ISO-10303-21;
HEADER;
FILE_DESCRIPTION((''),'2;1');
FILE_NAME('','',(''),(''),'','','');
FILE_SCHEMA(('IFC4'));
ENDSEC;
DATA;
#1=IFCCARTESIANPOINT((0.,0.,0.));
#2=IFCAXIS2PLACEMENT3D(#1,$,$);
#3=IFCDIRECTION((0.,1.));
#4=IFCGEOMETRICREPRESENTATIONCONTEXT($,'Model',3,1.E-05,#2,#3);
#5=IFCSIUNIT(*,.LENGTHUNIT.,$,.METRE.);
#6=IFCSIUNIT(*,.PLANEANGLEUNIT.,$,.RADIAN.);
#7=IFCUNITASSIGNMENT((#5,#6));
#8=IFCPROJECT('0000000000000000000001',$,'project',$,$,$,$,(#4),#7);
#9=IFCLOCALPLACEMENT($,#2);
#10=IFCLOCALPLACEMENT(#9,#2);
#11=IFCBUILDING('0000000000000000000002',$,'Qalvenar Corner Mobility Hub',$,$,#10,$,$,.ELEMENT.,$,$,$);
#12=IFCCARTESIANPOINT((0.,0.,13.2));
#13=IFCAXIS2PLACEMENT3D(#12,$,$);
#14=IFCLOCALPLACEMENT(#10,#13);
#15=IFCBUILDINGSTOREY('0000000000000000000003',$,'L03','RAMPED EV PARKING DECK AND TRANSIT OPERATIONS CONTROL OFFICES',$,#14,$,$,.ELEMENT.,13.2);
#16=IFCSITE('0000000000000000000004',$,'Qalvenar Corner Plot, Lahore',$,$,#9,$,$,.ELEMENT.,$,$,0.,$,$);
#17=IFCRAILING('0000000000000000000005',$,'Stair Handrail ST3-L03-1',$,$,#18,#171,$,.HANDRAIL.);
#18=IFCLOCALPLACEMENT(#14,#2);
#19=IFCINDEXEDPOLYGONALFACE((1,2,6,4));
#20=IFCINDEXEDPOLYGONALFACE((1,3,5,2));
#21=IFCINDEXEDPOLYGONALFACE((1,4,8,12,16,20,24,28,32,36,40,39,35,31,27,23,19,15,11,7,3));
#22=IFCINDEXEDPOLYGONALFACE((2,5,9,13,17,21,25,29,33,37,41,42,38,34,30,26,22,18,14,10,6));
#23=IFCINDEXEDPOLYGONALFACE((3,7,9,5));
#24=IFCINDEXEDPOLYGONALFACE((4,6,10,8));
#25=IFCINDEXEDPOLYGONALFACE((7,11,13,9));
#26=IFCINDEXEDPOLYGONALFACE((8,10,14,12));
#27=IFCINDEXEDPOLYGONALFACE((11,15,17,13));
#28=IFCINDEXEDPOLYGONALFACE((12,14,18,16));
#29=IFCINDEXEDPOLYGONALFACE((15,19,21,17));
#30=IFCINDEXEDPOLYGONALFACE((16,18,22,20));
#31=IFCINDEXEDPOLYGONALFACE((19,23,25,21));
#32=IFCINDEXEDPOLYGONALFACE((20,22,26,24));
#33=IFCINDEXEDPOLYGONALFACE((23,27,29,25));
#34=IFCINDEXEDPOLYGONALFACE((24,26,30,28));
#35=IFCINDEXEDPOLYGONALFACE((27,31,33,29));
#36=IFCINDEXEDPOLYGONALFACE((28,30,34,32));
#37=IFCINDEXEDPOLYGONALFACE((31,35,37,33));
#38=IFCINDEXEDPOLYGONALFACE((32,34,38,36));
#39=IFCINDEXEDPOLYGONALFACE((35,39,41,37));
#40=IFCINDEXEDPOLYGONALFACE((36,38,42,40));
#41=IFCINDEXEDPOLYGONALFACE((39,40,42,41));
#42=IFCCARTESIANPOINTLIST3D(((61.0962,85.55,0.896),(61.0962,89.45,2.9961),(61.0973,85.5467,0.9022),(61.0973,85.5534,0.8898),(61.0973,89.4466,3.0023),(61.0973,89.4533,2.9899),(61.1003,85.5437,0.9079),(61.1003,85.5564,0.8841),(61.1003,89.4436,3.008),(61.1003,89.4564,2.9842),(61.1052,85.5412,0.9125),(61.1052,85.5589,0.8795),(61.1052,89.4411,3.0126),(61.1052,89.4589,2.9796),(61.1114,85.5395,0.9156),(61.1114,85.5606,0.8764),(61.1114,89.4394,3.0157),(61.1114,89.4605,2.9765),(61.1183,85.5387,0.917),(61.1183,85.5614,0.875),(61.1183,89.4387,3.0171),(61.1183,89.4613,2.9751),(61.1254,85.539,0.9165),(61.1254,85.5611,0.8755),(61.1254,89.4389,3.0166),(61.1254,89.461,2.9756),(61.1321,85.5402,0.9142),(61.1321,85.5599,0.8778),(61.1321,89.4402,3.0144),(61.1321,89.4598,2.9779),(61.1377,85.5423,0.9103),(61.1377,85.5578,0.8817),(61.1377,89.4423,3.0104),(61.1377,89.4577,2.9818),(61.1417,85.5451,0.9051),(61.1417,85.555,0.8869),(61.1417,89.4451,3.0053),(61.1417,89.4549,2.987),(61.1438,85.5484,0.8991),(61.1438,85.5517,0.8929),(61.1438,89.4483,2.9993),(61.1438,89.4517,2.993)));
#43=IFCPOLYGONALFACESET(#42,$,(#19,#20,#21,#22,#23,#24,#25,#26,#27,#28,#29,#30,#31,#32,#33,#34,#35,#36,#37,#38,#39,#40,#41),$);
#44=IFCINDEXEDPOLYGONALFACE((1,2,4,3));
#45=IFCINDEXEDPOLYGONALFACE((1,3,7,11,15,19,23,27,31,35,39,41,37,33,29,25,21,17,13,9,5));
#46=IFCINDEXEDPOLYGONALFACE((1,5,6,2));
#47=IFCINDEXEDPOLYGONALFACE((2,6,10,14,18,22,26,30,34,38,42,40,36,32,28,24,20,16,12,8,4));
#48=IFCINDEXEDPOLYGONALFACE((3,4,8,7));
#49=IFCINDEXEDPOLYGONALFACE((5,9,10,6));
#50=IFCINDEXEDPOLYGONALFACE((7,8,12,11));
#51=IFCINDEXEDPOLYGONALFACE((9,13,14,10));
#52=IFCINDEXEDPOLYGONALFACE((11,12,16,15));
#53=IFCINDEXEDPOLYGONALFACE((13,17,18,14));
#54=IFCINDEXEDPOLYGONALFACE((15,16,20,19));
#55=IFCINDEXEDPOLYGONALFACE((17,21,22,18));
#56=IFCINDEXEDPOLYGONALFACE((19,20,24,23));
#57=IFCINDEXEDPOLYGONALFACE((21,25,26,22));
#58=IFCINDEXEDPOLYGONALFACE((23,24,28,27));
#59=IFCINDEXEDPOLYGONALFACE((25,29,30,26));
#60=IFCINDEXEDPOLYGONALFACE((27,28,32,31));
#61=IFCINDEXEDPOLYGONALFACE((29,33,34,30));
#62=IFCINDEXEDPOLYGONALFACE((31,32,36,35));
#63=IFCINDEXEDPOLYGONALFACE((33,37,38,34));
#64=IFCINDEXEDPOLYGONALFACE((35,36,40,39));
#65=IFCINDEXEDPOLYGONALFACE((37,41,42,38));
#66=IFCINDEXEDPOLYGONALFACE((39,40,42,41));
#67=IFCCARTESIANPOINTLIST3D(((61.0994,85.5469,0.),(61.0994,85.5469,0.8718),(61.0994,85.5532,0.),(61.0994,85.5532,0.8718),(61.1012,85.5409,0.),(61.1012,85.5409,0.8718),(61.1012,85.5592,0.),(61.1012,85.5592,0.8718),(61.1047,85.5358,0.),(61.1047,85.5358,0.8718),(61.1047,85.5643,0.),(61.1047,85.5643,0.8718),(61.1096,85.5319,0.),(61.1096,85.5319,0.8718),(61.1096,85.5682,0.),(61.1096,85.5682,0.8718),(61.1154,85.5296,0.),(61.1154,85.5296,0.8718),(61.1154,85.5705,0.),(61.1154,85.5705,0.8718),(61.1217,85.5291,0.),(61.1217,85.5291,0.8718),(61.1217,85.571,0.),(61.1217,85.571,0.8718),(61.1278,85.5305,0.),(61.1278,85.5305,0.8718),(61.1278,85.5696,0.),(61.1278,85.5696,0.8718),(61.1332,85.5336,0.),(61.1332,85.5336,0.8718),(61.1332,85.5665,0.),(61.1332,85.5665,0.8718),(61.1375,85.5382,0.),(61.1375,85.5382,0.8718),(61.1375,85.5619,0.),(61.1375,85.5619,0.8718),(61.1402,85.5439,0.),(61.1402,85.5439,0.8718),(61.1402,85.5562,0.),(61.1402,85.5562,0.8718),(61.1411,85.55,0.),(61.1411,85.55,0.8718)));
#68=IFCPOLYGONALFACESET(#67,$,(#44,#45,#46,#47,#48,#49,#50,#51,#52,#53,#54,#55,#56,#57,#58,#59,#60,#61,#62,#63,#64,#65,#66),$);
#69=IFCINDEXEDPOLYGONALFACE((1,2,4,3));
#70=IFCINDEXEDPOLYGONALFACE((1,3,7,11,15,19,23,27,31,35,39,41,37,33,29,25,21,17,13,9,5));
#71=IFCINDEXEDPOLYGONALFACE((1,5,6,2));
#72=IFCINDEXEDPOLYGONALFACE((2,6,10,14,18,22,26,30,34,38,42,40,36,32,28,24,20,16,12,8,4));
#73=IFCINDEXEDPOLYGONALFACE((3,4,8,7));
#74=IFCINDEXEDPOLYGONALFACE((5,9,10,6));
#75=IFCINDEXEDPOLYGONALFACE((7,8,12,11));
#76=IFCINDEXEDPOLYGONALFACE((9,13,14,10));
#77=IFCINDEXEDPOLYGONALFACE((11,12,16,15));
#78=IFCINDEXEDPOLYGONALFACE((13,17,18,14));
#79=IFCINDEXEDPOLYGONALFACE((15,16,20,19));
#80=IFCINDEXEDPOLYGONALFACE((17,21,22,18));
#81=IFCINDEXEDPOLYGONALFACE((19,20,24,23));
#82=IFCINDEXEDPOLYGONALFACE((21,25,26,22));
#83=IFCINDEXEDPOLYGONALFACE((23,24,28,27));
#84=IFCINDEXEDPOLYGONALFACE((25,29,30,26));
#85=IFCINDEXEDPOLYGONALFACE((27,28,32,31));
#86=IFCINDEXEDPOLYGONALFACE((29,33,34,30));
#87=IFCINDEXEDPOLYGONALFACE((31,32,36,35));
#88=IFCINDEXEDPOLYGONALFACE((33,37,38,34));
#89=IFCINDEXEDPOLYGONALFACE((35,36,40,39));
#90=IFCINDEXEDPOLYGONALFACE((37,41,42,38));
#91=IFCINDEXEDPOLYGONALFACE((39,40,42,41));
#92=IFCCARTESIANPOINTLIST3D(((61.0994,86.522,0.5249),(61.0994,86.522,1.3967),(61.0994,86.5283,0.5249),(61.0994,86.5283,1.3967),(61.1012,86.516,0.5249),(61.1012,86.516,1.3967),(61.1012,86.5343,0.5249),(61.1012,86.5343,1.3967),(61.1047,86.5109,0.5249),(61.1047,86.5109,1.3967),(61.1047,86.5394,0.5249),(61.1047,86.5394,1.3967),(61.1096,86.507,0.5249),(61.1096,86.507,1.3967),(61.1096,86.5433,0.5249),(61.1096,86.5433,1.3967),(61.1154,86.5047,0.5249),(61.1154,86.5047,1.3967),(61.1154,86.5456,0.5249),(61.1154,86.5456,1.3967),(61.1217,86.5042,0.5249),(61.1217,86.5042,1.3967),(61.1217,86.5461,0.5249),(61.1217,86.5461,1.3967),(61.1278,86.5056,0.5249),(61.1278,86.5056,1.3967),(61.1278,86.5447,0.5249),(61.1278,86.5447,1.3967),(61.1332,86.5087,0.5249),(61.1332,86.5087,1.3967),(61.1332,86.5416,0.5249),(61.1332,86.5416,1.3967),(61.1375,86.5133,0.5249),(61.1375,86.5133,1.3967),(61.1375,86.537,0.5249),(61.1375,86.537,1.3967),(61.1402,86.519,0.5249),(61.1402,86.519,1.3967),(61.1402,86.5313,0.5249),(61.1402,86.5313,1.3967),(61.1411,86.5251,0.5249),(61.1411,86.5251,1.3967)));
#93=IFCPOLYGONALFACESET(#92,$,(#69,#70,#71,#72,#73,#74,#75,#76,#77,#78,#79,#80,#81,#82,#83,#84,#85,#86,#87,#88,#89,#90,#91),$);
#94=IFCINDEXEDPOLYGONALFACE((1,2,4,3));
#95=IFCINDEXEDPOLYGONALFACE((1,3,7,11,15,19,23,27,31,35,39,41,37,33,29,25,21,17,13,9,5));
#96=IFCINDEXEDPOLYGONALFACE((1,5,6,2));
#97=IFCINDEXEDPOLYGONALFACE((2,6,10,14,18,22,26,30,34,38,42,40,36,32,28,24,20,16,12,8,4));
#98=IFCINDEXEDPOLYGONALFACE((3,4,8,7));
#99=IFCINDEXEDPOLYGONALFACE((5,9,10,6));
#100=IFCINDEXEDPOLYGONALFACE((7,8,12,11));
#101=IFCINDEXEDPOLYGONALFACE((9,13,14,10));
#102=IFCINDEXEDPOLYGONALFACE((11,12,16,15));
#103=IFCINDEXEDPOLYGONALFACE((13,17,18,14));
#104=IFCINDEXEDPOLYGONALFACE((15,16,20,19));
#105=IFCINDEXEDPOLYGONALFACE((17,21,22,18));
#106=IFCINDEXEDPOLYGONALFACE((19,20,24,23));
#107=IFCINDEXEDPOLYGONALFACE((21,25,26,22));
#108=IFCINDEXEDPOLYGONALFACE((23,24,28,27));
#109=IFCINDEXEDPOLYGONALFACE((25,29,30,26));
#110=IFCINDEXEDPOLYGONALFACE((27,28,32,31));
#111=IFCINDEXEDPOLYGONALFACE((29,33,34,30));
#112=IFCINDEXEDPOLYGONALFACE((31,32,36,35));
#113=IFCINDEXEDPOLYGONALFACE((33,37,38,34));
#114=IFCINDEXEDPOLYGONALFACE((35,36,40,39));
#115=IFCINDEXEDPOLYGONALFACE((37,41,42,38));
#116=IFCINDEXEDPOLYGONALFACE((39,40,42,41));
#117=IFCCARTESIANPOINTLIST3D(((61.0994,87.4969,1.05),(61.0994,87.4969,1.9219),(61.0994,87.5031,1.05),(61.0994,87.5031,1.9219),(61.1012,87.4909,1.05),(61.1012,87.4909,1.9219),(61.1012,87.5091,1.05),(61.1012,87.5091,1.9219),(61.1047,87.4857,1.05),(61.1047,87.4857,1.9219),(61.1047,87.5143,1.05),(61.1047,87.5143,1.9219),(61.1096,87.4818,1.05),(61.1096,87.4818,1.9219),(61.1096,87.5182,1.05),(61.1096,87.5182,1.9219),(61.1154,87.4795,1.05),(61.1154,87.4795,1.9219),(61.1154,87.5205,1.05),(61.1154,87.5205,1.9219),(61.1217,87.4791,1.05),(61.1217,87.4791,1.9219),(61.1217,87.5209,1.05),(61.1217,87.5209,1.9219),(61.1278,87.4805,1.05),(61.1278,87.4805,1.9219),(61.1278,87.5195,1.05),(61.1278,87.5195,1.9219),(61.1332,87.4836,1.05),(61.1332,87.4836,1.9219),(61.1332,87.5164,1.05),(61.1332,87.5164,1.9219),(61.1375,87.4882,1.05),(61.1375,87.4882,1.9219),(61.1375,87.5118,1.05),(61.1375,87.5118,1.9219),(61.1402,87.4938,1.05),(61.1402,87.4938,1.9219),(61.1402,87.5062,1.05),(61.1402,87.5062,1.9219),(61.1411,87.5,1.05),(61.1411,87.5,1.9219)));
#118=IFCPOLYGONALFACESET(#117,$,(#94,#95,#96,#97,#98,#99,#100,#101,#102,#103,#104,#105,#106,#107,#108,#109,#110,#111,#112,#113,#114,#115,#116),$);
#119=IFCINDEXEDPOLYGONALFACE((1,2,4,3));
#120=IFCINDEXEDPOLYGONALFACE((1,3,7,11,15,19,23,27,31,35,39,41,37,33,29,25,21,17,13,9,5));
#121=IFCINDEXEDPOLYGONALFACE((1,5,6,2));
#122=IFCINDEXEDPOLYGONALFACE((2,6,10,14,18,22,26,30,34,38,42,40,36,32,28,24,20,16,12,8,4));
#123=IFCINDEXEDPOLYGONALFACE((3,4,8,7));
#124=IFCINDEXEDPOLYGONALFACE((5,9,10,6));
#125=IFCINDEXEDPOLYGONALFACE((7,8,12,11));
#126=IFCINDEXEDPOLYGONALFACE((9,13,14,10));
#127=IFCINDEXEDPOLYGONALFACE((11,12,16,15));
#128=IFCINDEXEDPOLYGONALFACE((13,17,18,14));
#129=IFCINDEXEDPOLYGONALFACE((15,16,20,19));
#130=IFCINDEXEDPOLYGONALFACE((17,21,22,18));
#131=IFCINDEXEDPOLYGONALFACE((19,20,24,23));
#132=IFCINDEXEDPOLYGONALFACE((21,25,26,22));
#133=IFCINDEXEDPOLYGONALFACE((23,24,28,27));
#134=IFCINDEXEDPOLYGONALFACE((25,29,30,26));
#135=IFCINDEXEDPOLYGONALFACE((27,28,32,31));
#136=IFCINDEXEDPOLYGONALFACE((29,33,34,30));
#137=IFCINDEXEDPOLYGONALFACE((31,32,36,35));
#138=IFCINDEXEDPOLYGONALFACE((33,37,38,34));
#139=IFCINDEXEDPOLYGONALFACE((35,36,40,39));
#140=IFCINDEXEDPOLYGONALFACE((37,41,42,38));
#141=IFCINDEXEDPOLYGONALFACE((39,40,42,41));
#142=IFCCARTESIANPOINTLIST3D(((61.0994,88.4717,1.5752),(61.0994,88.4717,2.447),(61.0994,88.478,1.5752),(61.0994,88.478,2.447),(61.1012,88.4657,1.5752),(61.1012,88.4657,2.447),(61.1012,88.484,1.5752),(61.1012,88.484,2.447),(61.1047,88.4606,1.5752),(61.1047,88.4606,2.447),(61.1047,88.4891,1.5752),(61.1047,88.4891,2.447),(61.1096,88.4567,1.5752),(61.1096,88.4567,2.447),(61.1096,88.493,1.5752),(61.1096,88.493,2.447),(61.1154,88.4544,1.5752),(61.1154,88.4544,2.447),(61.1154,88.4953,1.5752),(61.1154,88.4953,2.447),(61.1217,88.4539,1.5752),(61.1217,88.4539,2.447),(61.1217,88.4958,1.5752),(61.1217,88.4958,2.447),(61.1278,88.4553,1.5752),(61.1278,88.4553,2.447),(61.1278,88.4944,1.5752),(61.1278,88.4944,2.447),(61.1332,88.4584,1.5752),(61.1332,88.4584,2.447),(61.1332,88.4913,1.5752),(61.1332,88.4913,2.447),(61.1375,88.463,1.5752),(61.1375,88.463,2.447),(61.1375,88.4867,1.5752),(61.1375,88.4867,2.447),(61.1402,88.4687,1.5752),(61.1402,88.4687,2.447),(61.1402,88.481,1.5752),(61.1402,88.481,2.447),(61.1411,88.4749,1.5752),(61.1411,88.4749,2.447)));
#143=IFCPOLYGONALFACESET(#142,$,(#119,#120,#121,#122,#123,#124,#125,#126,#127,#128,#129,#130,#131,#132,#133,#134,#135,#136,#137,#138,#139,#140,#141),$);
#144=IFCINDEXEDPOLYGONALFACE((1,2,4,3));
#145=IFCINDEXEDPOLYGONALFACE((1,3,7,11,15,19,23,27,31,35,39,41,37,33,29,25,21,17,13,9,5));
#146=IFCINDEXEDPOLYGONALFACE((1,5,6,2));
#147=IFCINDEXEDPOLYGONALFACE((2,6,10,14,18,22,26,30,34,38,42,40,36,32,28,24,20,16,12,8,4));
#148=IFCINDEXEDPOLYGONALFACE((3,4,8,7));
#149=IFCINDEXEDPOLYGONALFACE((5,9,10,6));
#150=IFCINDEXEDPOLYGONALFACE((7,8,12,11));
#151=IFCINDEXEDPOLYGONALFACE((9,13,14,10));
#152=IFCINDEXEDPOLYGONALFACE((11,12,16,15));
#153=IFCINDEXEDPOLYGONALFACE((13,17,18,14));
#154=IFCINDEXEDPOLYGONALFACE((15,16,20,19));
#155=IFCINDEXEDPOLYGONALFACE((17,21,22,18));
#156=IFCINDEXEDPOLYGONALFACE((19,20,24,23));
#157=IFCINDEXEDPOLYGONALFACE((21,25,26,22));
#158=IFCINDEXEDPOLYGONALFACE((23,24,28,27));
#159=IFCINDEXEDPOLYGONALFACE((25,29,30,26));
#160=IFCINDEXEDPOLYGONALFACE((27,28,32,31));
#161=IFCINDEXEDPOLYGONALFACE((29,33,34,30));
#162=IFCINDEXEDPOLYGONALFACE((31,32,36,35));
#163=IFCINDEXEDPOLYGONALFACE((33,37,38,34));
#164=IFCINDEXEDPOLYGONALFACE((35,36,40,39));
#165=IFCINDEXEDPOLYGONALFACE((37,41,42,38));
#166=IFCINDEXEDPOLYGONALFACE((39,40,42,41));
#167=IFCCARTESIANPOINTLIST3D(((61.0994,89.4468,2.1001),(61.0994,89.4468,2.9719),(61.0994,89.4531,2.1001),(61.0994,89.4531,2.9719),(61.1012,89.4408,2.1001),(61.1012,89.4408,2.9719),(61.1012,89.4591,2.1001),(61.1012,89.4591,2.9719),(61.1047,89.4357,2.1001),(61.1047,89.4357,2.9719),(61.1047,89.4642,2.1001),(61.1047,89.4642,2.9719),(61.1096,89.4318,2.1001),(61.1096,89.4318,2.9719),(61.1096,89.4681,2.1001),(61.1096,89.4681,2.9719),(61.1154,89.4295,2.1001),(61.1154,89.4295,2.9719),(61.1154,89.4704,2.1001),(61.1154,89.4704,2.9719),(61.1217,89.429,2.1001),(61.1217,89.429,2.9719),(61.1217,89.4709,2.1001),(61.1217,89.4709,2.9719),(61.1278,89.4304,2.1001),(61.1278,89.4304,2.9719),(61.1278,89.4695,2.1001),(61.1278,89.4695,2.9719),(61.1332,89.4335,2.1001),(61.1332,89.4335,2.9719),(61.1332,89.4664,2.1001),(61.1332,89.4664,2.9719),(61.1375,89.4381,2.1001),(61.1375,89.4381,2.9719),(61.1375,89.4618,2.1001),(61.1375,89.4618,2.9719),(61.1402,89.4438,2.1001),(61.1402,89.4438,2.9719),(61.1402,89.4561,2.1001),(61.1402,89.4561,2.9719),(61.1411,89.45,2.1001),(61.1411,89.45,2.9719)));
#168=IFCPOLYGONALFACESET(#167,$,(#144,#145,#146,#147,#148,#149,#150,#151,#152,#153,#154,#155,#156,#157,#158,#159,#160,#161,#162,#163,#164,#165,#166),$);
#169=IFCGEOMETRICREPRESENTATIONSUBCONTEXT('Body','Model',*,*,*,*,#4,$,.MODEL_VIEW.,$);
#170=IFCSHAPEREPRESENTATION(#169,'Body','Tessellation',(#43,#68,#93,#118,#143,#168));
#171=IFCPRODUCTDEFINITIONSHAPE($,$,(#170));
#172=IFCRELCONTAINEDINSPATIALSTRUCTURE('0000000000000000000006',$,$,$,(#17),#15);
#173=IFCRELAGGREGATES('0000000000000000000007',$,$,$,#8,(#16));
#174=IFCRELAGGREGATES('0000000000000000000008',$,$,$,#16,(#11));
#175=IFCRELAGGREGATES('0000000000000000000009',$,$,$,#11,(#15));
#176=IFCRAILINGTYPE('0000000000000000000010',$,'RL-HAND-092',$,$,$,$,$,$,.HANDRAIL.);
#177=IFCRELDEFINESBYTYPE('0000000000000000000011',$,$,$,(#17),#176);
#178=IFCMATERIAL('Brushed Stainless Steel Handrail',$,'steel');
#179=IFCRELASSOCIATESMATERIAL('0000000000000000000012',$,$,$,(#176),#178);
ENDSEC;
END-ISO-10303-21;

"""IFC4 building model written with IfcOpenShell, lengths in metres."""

from ifc_helpers import new_model, si_unit, direction, frame, origin, origin_2d, place, context, subcontext, project, spatial, circle, extrude, material, type_object, element, save


model = new_model("IFC4")

# Units and contexts
model_context = context("Model", 3, precision=1e-05, world=origin(), true_north=direction((0.0, 1.0)))
body_context = subcontext(model_context, "Body", "Model", "MODEL_VIEW")
ifc_project = project(units=[si_unit("LENGTHUNIT", "METRE"), si_unit("PLANEANGLEUNIT", "RADIAN")], contexts=[model_context])

# Site, building, storey
site_placement = place(None, origin())
site = spatial("IfcSite", under=ifc_project, at=site_placement, Name="Qalvenar Corner Plot, Lahore", CompositionType="ELEMENT", RefElevation=0.0)
building_placement = place(site_placement, origin())
building = spatial("IfcBuilding", under=site, at=building_placement, Name="Qalvenar Corner Mobility Hub", CompositionType="ELEMENT")
storey_placement = place(building_placement, frame((0.0, 0.0, 13.2)))
storey = spatial("IfcBuildingStorey", under=building, at=storey_placement, Name="L03", Description="RAMPED EV PARKING DECK AND TRANSIT OPERATIONS CONTROL OFFICES", CompositionType="ELEMENT", Elevation=13.2)

# Railing
ifc_material_1 = material(Name="Brushed Stainless Steel Handrail", Category="steel")
railing_type_1 = type_object("IfcRailingType", Name="RL-HAND-092", PredefinedType="HANDRAIL", material=ifc_material_1)
railing_1_placement = place(storey_placement, frame((61.1201, 85.55, 0.0)))
element("IfcRailing", 1, at=railing_1_placement, inside=storey, type_object=railing_type_1, Name="Stair Handrail ST3-L03-1", PredefinedType="HANDRAIL", context=body_context, shape_type="SweptSolid", body=[
    extrude(circle(Radius=0.0239, at=origin_2d()), frame((0.0, 0.0, 0.896), z_axis=(0.0, 0.880457, 0.474126), x_axis=(-1.0, 0.0, 0.0)), (0.0, 0.0, 1.0), 4.4294),
    extrude(circle(Radius=0.021, at=origin_2d()), origin(), (0.0, 0.0, 1.0), 0.8718),
    extrude(circle(Radius=0.021, at=origin_2d()), frame((0.0, 0.9751, 0.5249)), (0.0, 0.0, 1.0), 0.8718),
    extrude(circle(Radius=0.021, at=origin_2d()), frame((0.0, 1.95, 1.05)), (0.0, 0.0, 1.0), 0.8718),
    extrude(circle(Radius=0.021, at=origin_2d()), frame((0.0, 2.9248, 1.5752)), (0.0, 0.0, 1.0), 0.8718),
    extrude(circle(Radius=0.021, at=origin_2d()), frame((0.0, 3.8999, 2.1001)), (0.0, 0.0, 1.0), 0.8718),
])

save(model, "model.ifc")
